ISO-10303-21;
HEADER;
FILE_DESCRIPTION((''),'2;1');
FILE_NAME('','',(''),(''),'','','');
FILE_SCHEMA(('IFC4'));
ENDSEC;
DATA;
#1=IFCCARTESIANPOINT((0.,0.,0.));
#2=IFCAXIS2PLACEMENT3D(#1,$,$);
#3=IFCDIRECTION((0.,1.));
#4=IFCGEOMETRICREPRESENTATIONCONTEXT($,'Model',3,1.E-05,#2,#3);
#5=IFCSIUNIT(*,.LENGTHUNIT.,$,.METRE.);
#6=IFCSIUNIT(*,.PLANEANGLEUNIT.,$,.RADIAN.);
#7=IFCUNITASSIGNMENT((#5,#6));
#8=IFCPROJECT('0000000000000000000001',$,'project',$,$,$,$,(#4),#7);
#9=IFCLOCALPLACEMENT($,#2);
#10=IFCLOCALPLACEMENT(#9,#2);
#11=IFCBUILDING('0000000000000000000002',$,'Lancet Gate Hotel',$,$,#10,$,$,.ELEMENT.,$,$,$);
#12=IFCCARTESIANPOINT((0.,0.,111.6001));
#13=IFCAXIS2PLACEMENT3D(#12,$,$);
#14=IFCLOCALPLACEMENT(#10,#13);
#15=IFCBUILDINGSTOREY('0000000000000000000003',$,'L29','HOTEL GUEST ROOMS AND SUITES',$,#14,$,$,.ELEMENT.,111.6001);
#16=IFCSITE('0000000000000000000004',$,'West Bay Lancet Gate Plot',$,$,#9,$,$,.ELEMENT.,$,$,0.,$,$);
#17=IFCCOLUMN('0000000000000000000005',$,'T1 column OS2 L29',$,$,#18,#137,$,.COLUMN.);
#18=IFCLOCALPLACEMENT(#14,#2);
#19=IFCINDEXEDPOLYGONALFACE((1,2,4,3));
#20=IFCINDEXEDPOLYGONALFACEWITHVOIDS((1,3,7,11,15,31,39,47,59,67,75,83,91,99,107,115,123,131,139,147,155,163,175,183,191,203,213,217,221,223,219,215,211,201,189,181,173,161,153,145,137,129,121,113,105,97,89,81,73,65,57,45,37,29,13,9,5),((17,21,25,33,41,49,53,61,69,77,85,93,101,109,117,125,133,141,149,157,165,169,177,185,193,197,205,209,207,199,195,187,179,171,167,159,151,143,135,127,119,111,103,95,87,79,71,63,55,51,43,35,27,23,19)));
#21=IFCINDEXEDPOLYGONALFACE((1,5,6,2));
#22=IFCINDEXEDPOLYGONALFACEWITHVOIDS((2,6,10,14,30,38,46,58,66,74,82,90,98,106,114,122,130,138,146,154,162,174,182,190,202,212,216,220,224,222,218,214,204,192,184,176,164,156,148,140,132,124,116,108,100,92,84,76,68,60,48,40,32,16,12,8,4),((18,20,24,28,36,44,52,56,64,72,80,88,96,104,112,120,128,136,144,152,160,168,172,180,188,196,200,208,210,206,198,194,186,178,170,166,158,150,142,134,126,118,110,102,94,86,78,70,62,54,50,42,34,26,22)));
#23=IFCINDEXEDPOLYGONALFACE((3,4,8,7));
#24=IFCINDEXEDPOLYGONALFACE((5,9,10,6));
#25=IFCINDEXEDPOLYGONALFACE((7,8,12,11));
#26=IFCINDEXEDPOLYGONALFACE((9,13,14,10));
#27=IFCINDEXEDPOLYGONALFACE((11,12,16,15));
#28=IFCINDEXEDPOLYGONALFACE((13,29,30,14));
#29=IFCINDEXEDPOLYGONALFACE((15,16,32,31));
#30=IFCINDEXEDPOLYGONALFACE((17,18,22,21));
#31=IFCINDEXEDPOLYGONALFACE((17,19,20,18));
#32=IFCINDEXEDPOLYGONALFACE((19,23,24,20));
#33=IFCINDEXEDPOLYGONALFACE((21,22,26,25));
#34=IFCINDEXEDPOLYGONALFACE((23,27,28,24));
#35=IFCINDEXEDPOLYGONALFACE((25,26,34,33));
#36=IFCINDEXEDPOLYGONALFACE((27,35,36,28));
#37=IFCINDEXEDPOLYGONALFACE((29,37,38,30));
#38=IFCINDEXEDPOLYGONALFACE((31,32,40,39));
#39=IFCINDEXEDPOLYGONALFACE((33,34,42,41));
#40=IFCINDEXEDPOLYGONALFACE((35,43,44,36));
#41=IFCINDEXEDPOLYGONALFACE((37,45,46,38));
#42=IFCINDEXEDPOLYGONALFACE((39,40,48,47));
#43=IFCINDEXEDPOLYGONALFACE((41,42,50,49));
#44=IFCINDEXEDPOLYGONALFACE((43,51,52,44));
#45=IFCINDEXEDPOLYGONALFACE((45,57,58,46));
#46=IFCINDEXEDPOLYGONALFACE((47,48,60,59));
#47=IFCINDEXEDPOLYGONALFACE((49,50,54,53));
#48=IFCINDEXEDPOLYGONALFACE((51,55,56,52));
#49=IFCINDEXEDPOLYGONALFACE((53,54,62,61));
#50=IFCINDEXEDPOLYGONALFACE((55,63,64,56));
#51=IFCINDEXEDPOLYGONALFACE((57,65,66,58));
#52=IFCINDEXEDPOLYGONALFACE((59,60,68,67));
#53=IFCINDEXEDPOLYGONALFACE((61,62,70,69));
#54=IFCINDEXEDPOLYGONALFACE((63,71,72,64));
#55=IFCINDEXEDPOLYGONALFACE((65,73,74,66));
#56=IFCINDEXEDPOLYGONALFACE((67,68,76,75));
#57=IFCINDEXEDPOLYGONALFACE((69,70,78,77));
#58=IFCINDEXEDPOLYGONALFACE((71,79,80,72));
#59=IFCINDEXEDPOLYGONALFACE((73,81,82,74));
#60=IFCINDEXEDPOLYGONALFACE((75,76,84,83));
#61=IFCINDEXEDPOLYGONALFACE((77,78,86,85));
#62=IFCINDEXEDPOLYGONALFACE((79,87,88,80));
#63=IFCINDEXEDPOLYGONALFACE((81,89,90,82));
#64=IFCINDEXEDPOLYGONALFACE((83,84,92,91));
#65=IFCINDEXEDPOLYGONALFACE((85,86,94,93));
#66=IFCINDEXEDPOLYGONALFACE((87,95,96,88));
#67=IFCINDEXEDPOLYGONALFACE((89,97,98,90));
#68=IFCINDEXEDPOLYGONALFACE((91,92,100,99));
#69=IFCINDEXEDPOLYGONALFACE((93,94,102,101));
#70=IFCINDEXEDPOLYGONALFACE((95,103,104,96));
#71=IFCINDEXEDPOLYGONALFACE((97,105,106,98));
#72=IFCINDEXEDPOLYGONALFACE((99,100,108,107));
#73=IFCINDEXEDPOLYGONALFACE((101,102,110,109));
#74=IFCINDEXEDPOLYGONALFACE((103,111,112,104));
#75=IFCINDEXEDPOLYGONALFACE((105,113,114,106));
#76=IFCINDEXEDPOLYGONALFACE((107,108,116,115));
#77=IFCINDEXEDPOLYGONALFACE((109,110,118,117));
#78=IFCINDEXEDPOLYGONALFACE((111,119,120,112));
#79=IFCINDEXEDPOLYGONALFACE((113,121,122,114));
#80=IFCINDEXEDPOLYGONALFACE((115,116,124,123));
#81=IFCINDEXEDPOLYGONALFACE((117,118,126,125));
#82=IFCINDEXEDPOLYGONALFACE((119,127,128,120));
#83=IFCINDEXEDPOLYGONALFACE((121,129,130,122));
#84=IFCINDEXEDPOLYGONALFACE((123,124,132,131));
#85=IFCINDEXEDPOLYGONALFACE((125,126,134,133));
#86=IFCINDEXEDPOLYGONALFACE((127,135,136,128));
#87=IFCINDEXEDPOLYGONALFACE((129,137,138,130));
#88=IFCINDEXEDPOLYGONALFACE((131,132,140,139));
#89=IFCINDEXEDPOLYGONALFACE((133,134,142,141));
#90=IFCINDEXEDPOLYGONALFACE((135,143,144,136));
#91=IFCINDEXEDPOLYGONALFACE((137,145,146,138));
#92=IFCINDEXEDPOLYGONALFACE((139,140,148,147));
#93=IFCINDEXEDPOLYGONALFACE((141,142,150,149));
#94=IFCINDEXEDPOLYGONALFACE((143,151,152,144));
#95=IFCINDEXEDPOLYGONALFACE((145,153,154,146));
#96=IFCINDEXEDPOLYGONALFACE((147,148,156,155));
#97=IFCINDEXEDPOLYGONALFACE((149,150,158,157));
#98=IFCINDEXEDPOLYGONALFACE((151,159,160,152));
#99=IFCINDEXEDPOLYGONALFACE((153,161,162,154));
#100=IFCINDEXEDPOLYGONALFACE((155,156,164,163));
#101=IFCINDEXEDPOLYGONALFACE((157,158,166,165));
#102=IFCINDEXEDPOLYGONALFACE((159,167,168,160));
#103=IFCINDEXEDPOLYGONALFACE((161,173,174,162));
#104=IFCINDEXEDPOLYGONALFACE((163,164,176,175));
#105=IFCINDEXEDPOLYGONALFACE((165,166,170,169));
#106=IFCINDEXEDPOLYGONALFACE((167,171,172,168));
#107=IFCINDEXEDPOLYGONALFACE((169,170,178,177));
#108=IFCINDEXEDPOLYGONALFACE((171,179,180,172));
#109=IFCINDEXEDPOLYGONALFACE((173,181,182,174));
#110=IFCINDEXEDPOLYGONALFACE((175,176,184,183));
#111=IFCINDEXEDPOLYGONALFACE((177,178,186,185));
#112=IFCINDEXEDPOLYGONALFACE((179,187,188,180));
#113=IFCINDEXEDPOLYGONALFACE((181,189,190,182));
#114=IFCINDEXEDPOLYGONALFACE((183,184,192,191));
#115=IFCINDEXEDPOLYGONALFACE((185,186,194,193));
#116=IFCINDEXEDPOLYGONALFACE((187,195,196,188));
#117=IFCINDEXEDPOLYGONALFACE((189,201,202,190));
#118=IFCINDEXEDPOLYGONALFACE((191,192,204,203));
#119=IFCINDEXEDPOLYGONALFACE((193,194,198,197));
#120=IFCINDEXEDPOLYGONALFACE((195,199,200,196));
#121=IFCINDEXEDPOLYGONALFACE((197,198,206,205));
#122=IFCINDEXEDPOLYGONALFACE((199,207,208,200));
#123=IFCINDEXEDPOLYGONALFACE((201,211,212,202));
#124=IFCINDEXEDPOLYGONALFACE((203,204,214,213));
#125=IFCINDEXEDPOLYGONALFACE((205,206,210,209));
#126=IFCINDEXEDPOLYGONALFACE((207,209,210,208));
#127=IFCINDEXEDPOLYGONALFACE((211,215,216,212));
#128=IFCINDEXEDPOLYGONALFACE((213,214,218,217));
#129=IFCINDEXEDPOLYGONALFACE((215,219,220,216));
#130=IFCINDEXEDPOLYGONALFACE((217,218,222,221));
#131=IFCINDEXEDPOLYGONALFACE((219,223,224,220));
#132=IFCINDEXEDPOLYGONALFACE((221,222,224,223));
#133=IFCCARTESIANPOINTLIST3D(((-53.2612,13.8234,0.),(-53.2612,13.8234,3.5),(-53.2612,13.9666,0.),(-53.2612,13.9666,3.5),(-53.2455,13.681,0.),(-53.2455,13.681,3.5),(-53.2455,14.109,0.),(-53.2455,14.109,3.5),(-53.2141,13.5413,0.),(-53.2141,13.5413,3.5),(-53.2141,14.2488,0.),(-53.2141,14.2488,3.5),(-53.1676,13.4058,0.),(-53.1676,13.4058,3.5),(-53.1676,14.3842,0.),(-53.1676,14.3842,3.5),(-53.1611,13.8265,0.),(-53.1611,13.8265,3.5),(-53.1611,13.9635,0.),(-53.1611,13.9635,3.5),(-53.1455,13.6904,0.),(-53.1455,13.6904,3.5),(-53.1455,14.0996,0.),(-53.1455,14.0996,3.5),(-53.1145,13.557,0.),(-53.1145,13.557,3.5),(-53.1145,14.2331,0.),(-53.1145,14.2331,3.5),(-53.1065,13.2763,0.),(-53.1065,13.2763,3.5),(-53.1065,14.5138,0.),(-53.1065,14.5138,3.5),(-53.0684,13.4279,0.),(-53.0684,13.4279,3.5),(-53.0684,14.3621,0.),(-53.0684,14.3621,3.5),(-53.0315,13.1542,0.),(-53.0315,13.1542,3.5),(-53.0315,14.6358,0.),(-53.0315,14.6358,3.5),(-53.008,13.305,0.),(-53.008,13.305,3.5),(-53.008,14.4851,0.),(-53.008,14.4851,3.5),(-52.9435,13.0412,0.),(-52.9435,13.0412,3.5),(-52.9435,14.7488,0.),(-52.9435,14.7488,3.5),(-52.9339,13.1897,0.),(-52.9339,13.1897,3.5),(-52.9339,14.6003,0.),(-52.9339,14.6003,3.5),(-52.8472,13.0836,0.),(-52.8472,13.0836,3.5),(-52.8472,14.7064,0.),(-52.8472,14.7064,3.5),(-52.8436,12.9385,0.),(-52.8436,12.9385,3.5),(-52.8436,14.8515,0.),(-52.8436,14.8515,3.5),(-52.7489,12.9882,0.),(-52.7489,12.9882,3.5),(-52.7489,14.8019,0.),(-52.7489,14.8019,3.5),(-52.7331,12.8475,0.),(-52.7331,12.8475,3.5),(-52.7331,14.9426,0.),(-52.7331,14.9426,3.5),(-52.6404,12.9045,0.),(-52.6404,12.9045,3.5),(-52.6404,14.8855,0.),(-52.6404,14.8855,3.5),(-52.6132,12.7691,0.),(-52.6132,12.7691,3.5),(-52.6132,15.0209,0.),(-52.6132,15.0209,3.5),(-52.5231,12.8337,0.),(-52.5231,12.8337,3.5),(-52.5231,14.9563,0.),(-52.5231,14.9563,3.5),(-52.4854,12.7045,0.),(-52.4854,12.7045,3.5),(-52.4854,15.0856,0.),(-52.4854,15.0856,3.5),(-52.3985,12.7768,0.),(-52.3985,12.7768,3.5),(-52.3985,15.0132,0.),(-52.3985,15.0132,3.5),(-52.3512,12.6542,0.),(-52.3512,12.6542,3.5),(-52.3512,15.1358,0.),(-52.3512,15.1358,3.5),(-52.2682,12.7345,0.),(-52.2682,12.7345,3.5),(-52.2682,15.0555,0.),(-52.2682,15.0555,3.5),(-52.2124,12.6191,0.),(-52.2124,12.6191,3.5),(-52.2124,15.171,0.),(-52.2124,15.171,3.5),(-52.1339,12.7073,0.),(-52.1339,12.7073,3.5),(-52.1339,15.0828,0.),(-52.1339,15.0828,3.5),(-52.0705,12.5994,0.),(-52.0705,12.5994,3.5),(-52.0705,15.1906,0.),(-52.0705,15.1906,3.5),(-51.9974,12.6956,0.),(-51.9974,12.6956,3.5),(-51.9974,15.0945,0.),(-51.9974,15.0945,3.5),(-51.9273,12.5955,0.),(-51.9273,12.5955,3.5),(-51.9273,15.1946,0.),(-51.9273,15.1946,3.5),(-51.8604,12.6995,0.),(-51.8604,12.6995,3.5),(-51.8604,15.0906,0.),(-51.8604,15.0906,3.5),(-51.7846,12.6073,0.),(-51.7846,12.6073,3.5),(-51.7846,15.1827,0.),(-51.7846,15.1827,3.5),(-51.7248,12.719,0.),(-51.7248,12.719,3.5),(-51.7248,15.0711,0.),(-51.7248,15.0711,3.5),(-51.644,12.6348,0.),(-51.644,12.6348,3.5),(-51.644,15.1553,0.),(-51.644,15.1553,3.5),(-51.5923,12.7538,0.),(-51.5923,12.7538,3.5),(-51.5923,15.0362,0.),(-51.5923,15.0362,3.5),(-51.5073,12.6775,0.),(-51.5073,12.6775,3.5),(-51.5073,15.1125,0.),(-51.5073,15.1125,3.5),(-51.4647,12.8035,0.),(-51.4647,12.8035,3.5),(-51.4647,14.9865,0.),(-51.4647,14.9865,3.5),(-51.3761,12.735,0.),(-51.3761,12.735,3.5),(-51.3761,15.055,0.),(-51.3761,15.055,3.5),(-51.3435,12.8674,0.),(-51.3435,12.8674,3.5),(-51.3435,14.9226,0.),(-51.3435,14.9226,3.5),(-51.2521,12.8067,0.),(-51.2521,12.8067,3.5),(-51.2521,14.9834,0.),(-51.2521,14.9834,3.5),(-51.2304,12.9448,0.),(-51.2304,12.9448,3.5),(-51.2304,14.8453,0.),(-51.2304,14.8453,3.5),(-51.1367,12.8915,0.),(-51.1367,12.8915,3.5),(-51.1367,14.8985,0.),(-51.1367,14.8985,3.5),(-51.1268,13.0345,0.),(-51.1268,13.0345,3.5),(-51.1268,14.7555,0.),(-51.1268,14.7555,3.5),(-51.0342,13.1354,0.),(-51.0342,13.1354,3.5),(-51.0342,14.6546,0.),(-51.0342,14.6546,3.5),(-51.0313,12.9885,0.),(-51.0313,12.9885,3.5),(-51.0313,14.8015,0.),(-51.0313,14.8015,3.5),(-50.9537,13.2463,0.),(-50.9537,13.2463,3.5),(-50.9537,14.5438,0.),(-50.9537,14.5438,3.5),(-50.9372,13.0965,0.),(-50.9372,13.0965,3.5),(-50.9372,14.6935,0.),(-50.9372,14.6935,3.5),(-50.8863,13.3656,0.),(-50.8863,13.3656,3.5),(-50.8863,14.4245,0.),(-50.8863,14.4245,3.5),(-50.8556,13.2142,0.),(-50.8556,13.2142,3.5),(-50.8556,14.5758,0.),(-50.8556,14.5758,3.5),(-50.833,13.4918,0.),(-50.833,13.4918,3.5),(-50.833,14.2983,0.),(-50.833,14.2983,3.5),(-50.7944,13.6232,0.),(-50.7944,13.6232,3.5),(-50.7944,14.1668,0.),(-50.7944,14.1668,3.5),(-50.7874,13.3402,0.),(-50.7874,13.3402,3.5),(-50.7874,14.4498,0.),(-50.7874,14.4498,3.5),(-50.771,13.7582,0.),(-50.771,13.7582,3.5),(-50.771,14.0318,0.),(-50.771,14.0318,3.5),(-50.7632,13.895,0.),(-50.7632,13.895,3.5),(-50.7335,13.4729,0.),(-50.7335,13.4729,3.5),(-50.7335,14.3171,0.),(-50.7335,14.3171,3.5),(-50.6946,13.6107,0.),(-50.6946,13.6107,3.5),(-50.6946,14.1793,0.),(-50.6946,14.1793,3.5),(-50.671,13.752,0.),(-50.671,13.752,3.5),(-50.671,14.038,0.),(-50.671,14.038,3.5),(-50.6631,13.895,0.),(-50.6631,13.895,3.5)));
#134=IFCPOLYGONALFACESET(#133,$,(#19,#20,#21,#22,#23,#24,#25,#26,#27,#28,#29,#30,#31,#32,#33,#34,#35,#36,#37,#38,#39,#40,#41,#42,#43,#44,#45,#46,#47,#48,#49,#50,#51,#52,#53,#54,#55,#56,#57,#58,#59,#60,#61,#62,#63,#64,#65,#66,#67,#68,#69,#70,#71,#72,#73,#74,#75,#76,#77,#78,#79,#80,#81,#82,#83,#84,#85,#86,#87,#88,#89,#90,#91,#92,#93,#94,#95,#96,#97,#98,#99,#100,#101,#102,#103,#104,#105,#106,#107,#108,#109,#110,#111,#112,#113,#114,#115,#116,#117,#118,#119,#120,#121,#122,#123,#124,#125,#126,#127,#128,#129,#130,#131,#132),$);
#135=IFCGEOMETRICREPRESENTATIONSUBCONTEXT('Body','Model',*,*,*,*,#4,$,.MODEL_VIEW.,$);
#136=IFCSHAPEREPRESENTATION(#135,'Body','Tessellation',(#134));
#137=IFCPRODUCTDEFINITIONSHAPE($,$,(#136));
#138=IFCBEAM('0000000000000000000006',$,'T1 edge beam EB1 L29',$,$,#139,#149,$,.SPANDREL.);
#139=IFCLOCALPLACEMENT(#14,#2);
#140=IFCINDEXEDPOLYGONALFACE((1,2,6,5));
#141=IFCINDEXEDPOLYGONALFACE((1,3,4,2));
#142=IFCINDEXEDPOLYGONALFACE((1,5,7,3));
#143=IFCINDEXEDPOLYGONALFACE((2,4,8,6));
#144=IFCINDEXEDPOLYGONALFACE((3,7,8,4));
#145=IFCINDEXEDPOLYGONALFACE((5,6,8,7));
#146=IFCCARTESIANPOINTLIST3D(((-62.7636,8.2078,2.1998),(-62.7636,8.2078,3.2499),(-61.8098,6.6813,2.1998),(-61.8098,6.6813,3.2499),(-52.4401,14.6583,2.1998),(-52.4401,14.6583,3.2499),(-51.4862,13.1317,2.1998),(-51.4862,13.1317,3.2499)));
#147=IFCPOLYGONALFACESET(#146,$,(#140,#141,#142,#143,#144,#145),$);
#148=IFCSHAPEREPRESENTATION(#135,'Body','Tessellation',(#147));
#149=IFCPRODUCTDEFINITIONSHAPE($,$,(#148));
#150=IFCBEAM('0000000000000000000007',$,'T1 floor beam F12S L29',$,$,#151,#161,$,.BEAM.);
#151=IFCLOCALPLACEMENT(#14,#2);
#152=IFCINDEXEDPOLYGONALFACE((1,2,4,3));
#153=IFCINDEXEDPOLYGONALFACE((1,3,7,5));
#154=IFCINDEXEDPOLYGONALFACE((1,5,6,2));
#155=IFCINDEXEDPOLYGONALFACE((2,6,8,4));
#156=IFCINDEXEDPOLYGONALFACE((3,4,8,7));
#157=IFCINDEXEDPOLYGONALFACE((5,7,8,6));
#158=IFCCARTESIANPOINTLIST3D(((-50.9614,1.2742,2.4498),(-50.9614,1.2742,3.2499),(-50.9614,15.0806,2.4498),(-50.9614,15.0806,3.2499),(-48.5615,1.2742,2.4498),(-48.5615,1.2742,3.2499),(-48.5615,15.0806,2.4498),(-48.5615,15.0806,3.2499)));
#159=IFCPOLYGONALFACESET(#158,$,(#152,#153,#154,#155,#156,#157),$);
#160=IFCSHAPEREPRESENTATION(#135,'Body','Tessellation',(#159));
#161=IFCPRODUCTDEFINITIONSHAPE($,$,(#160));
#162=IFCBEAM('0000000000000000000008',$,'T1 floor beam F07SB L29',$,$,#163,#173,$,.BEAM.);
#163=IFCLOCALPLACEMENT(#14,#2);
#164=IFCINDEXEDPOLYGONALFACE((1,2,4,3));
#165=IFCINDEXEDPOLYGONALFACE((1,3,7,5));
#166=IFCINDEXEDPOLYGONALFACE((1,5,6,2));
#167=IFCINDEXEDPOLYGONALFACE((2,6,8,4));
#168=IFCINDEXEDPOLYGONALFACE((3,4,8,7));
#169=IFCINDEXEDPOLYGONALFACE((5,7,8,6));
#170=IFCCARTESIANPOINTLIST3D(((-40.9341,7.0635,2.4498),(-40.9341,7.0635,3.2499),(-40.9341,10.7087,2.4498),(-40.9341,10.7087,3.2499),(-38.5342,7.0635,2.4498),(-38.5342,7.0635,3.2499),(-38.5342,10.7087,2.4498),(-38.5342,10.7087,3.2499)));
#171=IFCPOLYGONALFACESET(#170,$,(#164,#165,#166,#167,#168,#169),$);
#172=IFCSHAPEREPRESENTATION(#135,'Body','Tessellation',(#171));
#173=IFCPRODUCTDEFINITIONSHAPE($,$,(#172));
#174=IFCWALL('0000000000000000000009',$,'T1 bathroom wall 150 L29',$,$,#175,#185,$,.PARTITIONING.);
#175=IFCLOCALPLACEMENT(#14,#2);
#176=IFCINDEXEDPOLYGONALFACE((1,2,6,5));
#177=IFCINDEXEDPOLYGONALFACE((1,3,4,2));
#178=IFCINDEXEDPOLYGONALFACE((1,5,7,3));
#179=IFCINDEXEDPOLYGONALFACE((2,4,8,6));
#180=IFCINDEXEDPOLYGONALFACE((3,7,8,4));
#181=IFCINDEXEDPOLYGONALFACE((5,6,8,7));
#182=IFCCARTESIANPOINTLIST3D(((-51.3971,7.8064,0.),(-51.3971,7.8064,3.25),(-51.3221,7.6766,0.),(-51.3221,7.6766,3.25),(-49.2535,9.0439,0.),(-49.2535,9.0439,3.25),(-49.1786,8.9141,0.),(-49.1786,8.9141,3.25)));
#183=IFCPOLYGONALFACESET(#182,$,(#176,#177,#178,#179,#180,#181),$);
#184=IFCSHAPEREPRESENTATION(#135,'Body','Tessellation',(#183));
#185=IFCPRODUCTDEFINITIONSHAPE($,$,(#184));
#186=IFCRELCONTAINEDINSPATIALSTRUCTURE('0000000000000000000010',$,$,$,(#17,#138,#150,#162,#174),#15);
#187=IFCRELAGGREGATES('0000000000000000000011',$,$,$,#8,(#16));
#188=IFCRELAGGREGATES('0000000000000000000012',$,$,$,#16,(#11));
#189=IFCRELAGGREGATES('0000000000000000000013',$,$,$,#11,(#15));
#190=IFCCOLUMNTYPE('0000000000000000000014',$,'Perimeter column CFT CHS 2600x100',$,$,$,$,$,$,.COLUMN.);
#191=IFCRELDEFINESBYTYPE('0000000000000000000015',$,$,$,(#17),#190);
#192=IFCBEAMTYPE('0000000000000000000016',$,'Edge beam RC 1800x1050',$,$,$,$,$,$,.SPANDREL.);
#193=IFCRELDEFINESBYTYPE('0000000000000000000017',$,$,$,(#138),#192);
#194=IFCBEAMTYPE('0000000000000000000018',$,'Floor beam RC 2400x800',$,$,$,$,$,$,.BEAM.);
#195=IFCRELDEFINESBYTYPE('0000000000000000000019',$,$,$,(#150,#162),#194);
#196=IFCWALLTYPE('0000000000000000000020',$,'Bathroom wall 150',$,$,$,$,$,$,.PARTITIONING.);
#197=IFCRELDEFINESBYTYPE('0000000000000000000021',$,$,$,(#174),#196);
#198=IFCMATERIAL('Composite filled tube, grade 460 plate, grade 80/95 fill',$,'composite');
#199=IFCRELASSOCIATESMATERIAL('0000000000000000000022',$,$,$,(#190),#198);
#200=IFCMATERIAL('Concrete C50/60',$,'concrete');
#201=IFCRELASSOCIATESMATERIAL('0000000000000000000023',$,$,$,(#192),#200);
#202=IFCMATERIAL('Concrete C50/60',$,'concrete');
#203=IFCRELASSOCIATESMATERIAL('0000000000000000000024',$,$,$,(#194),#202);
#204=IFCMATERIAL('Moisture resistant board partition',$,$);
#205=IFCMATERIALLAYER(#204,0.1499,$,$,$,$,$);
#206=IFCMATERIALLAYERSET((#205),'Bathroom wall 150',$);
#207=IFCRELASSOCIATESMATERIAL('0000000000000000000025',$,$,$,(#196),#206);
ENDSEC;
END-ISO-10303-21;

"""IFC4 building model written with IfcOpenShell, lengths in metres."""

from ifc_helpers import new_model, si_unit, direction, frame, frame_2d, origin, origin_2d, place, context, subcontext, project, spatial, rectangle, hollow_circle, extrude, material, layer, layer_set, material_profile, profile_set, type_object, element, save


model = new_model("IFC4")

# Units and contexts
model_context = context("Model", 3, precision=1e-05, world=origin(), true_north=direction((0.0, 1.0)))
body_context = subcontext(model_context, "Body", "Model", "MODEL_VIEW")
ifc_project = project(units=[si_unit("LENGTHUNIT", "METRE"), si_unit("PLANEANGLEUNIT", "RADIAN")], contexts=[model_context])

# Site, building, storey
site_placement = place(None, origin())
site = spatial("IfcSite", under=ifc_project, at=site_placement, Name="West Bay Lancet Gate Plot", CompositionType="ELEMENT", RefElevation=0.0)
building_placement = place(site_placement, origin())
building = spatial("IfcBuilding", under=site, at=building_placement, Name="Lancet Gate Hotel", CompositionType="ELEMENT")
storey_placement = place(building_placement, frame((0.0, 0.0, 111.6001)))
storey = spatial("IfcBuildingStorey", under=building, at=storey_placement, Name="L29", Description="HOTEL GUEST ROOMS AND SUITES", CompositionType="ELEMENT", Elevation=111.6001)

# Column
ifc_material_1 = material(Name="Composite filled tube, grade 460 plate, grade 80/95 fill", Category="composite")
ifc_material_profile_1 = material_profile(ifc_material_1, hollow_circle(Radius=1.3, WallThickness=0.1001, at=origin_2d()), Name="CHS 2600x100")
ifc_profile_set_1 = profile_set([ifc_material_profile_1], Name="Composite filled tube, grade 460 plate, grade 80/95 fill")
column_type = type_object("IfcColumnType", Name="Perimeter column CFT CHS 2600x100", PredefinedType="COLUMN", material=ifc_profile_set_1)
column_placement = place(storey_placement, frame((-51.9631, 13.895, 0.0), z_axis=(0.0, 0.0, 1.0), x_axis=(1.0, 0.0, 0.0)))
element("IfcColumn", 1, at=column_placement, inside=storey, type_object=column_type, Name="T1 column OS2 L29", PredefinedType="COLUMN", context=body_context, shape_type="SweptSolid", body=[
    extrude(hollow_circle(Radius=1.3, WallThickness=0.1001, at=origin_2d()), origin(), (0.0, 0.0, 1.0), 3.5),
])

# Beams
ifc_material_2 = material(Name="Concrete C50/60", Category="concrete")
ifc_material_profile_2 = material_profile(ifc_material_2, rectangle(XDim=1.8, YDim=1.05, at=origin_2d()), Name="RC 1800x1050")
ifc_profile_set_2 = profile_set([ifc_material_profile_2], Name="Concrete C50/60")
beam_type_1 = type_object("IfcBeamType", Name="Edge beam RC 1800x1050", PredefinedType="SPANDREL", material=ifc_profile_set_2)
beam_1_placement = place(storey_placement, frame((-51.9631, 13.895, 2.7249), z_axis=(-0.848063, -0.529896, 0.0), x_axis=(0.529896, -0.848063, 0.0)))
element("IfcBeam", 2, at=beam_1_placement, inside=storey, type_object=beam_type_1, Name="T1 edge beam EB1 L29", PredefinedType="SPANDREL", context=body_context, shape_type="SweptSolid", body=[
    extrude(rectangle(XDim=1.8, YDim=1.05, at=origin_2d()), origin(), (0.0, 0.0, 1.0), 12.1731),
])
ifc_material_3 = material(Name="Concrete C50/60", Category="concrete")
ifc_material_profile_3 = material_profile(ifc_material_3, rectangle(XDim=2.3999, YDim=0.8, at=origin_2d()), Name="RC 2400x800")
ifc_profile_set_3 = profile_set([ifc_material_profile_3], Name="Concrete C50/60")
beam_type_2 = type_object("IfcBeamType", Name="Floor beam RC 2400x800", PredefinedType="BEAM", material=ifc_profile_set_3)
beam_2_placement = place(storey_placement, frame((-49.7615, 15.0806, 2.8499), z_axis=(0.0, -1.0, 0.0), x_axis=(1.0, 0.0, 0.0)))
element("IfcBeam", 3, at=beam_2_placement, inside=storey, type_object=beam_type_2, Name="T1 floor beam F12S L29", PredefinedType="BEAM", context=body_context, shape_type="SweptSolid", body=[
    extrude(rectangle(XDim=2.3999, YDim=0.8, at=origin_2d()), origin(), (0.0, 0.0, 1.0), 13.8064),
])
beam_3_placement = place(storey_placement, frame((-39.7341, 10.7087, 2.8499), z_axis=(0.0, -1.0, 0.0), x_axis=(1.0, 0.0, 0.0)))
element("IfcBeam", 4, at=beam_3_placement, inside=storey, type_object=beam_type_2, Name="T1 floor beam F07SB L29", PredefinedType="BEAM", context=body_context, shape_type="SweptSolid", body=[
    extrude(rectangle(XDim=2.3999, YDim=0.8, at=origin_2d()), origin(), (0.0, 0.0, 1.0), 3.6453),
])

# Wall
ifc_material_4 = material(Name="Moisture resistant board partition")
ifc_layer_1 = layer(ifc_material_4, 0.1499)
ifc_layer_set_1 = layer_set([ifc_layer_1], Name="Bathroom wall 150")
wall_type_1 = type_object("IfcWallType", Name="Bathroom wall 150", PredefinedType="PARTITIONING", material=ifc_layer_set_1)
wall_1_placement = place(storey_placement, frame((-49.2161, 8.979, 0.0), z_axis=(0.0, 0.0, 1.0), x_axis=(-0.866031, -0.49999, 0.0)))
element("IfcWall", 5, at=wall_1_placement, inside=storey, type_object=wall_type_1, Name="T1 bathroom wall 150 L29", PredefinedType="PARTITIONING", context=body_context, shape_type="SweptSolid", body=[
    extrude(rectangle(XDim=2.4751, YDim=0.1499, at=frame_2d((1.2375, 0.0))), origin(), (0.0, 0.0, 1.0), 3.25),
])

save(model, "model.ifc")
